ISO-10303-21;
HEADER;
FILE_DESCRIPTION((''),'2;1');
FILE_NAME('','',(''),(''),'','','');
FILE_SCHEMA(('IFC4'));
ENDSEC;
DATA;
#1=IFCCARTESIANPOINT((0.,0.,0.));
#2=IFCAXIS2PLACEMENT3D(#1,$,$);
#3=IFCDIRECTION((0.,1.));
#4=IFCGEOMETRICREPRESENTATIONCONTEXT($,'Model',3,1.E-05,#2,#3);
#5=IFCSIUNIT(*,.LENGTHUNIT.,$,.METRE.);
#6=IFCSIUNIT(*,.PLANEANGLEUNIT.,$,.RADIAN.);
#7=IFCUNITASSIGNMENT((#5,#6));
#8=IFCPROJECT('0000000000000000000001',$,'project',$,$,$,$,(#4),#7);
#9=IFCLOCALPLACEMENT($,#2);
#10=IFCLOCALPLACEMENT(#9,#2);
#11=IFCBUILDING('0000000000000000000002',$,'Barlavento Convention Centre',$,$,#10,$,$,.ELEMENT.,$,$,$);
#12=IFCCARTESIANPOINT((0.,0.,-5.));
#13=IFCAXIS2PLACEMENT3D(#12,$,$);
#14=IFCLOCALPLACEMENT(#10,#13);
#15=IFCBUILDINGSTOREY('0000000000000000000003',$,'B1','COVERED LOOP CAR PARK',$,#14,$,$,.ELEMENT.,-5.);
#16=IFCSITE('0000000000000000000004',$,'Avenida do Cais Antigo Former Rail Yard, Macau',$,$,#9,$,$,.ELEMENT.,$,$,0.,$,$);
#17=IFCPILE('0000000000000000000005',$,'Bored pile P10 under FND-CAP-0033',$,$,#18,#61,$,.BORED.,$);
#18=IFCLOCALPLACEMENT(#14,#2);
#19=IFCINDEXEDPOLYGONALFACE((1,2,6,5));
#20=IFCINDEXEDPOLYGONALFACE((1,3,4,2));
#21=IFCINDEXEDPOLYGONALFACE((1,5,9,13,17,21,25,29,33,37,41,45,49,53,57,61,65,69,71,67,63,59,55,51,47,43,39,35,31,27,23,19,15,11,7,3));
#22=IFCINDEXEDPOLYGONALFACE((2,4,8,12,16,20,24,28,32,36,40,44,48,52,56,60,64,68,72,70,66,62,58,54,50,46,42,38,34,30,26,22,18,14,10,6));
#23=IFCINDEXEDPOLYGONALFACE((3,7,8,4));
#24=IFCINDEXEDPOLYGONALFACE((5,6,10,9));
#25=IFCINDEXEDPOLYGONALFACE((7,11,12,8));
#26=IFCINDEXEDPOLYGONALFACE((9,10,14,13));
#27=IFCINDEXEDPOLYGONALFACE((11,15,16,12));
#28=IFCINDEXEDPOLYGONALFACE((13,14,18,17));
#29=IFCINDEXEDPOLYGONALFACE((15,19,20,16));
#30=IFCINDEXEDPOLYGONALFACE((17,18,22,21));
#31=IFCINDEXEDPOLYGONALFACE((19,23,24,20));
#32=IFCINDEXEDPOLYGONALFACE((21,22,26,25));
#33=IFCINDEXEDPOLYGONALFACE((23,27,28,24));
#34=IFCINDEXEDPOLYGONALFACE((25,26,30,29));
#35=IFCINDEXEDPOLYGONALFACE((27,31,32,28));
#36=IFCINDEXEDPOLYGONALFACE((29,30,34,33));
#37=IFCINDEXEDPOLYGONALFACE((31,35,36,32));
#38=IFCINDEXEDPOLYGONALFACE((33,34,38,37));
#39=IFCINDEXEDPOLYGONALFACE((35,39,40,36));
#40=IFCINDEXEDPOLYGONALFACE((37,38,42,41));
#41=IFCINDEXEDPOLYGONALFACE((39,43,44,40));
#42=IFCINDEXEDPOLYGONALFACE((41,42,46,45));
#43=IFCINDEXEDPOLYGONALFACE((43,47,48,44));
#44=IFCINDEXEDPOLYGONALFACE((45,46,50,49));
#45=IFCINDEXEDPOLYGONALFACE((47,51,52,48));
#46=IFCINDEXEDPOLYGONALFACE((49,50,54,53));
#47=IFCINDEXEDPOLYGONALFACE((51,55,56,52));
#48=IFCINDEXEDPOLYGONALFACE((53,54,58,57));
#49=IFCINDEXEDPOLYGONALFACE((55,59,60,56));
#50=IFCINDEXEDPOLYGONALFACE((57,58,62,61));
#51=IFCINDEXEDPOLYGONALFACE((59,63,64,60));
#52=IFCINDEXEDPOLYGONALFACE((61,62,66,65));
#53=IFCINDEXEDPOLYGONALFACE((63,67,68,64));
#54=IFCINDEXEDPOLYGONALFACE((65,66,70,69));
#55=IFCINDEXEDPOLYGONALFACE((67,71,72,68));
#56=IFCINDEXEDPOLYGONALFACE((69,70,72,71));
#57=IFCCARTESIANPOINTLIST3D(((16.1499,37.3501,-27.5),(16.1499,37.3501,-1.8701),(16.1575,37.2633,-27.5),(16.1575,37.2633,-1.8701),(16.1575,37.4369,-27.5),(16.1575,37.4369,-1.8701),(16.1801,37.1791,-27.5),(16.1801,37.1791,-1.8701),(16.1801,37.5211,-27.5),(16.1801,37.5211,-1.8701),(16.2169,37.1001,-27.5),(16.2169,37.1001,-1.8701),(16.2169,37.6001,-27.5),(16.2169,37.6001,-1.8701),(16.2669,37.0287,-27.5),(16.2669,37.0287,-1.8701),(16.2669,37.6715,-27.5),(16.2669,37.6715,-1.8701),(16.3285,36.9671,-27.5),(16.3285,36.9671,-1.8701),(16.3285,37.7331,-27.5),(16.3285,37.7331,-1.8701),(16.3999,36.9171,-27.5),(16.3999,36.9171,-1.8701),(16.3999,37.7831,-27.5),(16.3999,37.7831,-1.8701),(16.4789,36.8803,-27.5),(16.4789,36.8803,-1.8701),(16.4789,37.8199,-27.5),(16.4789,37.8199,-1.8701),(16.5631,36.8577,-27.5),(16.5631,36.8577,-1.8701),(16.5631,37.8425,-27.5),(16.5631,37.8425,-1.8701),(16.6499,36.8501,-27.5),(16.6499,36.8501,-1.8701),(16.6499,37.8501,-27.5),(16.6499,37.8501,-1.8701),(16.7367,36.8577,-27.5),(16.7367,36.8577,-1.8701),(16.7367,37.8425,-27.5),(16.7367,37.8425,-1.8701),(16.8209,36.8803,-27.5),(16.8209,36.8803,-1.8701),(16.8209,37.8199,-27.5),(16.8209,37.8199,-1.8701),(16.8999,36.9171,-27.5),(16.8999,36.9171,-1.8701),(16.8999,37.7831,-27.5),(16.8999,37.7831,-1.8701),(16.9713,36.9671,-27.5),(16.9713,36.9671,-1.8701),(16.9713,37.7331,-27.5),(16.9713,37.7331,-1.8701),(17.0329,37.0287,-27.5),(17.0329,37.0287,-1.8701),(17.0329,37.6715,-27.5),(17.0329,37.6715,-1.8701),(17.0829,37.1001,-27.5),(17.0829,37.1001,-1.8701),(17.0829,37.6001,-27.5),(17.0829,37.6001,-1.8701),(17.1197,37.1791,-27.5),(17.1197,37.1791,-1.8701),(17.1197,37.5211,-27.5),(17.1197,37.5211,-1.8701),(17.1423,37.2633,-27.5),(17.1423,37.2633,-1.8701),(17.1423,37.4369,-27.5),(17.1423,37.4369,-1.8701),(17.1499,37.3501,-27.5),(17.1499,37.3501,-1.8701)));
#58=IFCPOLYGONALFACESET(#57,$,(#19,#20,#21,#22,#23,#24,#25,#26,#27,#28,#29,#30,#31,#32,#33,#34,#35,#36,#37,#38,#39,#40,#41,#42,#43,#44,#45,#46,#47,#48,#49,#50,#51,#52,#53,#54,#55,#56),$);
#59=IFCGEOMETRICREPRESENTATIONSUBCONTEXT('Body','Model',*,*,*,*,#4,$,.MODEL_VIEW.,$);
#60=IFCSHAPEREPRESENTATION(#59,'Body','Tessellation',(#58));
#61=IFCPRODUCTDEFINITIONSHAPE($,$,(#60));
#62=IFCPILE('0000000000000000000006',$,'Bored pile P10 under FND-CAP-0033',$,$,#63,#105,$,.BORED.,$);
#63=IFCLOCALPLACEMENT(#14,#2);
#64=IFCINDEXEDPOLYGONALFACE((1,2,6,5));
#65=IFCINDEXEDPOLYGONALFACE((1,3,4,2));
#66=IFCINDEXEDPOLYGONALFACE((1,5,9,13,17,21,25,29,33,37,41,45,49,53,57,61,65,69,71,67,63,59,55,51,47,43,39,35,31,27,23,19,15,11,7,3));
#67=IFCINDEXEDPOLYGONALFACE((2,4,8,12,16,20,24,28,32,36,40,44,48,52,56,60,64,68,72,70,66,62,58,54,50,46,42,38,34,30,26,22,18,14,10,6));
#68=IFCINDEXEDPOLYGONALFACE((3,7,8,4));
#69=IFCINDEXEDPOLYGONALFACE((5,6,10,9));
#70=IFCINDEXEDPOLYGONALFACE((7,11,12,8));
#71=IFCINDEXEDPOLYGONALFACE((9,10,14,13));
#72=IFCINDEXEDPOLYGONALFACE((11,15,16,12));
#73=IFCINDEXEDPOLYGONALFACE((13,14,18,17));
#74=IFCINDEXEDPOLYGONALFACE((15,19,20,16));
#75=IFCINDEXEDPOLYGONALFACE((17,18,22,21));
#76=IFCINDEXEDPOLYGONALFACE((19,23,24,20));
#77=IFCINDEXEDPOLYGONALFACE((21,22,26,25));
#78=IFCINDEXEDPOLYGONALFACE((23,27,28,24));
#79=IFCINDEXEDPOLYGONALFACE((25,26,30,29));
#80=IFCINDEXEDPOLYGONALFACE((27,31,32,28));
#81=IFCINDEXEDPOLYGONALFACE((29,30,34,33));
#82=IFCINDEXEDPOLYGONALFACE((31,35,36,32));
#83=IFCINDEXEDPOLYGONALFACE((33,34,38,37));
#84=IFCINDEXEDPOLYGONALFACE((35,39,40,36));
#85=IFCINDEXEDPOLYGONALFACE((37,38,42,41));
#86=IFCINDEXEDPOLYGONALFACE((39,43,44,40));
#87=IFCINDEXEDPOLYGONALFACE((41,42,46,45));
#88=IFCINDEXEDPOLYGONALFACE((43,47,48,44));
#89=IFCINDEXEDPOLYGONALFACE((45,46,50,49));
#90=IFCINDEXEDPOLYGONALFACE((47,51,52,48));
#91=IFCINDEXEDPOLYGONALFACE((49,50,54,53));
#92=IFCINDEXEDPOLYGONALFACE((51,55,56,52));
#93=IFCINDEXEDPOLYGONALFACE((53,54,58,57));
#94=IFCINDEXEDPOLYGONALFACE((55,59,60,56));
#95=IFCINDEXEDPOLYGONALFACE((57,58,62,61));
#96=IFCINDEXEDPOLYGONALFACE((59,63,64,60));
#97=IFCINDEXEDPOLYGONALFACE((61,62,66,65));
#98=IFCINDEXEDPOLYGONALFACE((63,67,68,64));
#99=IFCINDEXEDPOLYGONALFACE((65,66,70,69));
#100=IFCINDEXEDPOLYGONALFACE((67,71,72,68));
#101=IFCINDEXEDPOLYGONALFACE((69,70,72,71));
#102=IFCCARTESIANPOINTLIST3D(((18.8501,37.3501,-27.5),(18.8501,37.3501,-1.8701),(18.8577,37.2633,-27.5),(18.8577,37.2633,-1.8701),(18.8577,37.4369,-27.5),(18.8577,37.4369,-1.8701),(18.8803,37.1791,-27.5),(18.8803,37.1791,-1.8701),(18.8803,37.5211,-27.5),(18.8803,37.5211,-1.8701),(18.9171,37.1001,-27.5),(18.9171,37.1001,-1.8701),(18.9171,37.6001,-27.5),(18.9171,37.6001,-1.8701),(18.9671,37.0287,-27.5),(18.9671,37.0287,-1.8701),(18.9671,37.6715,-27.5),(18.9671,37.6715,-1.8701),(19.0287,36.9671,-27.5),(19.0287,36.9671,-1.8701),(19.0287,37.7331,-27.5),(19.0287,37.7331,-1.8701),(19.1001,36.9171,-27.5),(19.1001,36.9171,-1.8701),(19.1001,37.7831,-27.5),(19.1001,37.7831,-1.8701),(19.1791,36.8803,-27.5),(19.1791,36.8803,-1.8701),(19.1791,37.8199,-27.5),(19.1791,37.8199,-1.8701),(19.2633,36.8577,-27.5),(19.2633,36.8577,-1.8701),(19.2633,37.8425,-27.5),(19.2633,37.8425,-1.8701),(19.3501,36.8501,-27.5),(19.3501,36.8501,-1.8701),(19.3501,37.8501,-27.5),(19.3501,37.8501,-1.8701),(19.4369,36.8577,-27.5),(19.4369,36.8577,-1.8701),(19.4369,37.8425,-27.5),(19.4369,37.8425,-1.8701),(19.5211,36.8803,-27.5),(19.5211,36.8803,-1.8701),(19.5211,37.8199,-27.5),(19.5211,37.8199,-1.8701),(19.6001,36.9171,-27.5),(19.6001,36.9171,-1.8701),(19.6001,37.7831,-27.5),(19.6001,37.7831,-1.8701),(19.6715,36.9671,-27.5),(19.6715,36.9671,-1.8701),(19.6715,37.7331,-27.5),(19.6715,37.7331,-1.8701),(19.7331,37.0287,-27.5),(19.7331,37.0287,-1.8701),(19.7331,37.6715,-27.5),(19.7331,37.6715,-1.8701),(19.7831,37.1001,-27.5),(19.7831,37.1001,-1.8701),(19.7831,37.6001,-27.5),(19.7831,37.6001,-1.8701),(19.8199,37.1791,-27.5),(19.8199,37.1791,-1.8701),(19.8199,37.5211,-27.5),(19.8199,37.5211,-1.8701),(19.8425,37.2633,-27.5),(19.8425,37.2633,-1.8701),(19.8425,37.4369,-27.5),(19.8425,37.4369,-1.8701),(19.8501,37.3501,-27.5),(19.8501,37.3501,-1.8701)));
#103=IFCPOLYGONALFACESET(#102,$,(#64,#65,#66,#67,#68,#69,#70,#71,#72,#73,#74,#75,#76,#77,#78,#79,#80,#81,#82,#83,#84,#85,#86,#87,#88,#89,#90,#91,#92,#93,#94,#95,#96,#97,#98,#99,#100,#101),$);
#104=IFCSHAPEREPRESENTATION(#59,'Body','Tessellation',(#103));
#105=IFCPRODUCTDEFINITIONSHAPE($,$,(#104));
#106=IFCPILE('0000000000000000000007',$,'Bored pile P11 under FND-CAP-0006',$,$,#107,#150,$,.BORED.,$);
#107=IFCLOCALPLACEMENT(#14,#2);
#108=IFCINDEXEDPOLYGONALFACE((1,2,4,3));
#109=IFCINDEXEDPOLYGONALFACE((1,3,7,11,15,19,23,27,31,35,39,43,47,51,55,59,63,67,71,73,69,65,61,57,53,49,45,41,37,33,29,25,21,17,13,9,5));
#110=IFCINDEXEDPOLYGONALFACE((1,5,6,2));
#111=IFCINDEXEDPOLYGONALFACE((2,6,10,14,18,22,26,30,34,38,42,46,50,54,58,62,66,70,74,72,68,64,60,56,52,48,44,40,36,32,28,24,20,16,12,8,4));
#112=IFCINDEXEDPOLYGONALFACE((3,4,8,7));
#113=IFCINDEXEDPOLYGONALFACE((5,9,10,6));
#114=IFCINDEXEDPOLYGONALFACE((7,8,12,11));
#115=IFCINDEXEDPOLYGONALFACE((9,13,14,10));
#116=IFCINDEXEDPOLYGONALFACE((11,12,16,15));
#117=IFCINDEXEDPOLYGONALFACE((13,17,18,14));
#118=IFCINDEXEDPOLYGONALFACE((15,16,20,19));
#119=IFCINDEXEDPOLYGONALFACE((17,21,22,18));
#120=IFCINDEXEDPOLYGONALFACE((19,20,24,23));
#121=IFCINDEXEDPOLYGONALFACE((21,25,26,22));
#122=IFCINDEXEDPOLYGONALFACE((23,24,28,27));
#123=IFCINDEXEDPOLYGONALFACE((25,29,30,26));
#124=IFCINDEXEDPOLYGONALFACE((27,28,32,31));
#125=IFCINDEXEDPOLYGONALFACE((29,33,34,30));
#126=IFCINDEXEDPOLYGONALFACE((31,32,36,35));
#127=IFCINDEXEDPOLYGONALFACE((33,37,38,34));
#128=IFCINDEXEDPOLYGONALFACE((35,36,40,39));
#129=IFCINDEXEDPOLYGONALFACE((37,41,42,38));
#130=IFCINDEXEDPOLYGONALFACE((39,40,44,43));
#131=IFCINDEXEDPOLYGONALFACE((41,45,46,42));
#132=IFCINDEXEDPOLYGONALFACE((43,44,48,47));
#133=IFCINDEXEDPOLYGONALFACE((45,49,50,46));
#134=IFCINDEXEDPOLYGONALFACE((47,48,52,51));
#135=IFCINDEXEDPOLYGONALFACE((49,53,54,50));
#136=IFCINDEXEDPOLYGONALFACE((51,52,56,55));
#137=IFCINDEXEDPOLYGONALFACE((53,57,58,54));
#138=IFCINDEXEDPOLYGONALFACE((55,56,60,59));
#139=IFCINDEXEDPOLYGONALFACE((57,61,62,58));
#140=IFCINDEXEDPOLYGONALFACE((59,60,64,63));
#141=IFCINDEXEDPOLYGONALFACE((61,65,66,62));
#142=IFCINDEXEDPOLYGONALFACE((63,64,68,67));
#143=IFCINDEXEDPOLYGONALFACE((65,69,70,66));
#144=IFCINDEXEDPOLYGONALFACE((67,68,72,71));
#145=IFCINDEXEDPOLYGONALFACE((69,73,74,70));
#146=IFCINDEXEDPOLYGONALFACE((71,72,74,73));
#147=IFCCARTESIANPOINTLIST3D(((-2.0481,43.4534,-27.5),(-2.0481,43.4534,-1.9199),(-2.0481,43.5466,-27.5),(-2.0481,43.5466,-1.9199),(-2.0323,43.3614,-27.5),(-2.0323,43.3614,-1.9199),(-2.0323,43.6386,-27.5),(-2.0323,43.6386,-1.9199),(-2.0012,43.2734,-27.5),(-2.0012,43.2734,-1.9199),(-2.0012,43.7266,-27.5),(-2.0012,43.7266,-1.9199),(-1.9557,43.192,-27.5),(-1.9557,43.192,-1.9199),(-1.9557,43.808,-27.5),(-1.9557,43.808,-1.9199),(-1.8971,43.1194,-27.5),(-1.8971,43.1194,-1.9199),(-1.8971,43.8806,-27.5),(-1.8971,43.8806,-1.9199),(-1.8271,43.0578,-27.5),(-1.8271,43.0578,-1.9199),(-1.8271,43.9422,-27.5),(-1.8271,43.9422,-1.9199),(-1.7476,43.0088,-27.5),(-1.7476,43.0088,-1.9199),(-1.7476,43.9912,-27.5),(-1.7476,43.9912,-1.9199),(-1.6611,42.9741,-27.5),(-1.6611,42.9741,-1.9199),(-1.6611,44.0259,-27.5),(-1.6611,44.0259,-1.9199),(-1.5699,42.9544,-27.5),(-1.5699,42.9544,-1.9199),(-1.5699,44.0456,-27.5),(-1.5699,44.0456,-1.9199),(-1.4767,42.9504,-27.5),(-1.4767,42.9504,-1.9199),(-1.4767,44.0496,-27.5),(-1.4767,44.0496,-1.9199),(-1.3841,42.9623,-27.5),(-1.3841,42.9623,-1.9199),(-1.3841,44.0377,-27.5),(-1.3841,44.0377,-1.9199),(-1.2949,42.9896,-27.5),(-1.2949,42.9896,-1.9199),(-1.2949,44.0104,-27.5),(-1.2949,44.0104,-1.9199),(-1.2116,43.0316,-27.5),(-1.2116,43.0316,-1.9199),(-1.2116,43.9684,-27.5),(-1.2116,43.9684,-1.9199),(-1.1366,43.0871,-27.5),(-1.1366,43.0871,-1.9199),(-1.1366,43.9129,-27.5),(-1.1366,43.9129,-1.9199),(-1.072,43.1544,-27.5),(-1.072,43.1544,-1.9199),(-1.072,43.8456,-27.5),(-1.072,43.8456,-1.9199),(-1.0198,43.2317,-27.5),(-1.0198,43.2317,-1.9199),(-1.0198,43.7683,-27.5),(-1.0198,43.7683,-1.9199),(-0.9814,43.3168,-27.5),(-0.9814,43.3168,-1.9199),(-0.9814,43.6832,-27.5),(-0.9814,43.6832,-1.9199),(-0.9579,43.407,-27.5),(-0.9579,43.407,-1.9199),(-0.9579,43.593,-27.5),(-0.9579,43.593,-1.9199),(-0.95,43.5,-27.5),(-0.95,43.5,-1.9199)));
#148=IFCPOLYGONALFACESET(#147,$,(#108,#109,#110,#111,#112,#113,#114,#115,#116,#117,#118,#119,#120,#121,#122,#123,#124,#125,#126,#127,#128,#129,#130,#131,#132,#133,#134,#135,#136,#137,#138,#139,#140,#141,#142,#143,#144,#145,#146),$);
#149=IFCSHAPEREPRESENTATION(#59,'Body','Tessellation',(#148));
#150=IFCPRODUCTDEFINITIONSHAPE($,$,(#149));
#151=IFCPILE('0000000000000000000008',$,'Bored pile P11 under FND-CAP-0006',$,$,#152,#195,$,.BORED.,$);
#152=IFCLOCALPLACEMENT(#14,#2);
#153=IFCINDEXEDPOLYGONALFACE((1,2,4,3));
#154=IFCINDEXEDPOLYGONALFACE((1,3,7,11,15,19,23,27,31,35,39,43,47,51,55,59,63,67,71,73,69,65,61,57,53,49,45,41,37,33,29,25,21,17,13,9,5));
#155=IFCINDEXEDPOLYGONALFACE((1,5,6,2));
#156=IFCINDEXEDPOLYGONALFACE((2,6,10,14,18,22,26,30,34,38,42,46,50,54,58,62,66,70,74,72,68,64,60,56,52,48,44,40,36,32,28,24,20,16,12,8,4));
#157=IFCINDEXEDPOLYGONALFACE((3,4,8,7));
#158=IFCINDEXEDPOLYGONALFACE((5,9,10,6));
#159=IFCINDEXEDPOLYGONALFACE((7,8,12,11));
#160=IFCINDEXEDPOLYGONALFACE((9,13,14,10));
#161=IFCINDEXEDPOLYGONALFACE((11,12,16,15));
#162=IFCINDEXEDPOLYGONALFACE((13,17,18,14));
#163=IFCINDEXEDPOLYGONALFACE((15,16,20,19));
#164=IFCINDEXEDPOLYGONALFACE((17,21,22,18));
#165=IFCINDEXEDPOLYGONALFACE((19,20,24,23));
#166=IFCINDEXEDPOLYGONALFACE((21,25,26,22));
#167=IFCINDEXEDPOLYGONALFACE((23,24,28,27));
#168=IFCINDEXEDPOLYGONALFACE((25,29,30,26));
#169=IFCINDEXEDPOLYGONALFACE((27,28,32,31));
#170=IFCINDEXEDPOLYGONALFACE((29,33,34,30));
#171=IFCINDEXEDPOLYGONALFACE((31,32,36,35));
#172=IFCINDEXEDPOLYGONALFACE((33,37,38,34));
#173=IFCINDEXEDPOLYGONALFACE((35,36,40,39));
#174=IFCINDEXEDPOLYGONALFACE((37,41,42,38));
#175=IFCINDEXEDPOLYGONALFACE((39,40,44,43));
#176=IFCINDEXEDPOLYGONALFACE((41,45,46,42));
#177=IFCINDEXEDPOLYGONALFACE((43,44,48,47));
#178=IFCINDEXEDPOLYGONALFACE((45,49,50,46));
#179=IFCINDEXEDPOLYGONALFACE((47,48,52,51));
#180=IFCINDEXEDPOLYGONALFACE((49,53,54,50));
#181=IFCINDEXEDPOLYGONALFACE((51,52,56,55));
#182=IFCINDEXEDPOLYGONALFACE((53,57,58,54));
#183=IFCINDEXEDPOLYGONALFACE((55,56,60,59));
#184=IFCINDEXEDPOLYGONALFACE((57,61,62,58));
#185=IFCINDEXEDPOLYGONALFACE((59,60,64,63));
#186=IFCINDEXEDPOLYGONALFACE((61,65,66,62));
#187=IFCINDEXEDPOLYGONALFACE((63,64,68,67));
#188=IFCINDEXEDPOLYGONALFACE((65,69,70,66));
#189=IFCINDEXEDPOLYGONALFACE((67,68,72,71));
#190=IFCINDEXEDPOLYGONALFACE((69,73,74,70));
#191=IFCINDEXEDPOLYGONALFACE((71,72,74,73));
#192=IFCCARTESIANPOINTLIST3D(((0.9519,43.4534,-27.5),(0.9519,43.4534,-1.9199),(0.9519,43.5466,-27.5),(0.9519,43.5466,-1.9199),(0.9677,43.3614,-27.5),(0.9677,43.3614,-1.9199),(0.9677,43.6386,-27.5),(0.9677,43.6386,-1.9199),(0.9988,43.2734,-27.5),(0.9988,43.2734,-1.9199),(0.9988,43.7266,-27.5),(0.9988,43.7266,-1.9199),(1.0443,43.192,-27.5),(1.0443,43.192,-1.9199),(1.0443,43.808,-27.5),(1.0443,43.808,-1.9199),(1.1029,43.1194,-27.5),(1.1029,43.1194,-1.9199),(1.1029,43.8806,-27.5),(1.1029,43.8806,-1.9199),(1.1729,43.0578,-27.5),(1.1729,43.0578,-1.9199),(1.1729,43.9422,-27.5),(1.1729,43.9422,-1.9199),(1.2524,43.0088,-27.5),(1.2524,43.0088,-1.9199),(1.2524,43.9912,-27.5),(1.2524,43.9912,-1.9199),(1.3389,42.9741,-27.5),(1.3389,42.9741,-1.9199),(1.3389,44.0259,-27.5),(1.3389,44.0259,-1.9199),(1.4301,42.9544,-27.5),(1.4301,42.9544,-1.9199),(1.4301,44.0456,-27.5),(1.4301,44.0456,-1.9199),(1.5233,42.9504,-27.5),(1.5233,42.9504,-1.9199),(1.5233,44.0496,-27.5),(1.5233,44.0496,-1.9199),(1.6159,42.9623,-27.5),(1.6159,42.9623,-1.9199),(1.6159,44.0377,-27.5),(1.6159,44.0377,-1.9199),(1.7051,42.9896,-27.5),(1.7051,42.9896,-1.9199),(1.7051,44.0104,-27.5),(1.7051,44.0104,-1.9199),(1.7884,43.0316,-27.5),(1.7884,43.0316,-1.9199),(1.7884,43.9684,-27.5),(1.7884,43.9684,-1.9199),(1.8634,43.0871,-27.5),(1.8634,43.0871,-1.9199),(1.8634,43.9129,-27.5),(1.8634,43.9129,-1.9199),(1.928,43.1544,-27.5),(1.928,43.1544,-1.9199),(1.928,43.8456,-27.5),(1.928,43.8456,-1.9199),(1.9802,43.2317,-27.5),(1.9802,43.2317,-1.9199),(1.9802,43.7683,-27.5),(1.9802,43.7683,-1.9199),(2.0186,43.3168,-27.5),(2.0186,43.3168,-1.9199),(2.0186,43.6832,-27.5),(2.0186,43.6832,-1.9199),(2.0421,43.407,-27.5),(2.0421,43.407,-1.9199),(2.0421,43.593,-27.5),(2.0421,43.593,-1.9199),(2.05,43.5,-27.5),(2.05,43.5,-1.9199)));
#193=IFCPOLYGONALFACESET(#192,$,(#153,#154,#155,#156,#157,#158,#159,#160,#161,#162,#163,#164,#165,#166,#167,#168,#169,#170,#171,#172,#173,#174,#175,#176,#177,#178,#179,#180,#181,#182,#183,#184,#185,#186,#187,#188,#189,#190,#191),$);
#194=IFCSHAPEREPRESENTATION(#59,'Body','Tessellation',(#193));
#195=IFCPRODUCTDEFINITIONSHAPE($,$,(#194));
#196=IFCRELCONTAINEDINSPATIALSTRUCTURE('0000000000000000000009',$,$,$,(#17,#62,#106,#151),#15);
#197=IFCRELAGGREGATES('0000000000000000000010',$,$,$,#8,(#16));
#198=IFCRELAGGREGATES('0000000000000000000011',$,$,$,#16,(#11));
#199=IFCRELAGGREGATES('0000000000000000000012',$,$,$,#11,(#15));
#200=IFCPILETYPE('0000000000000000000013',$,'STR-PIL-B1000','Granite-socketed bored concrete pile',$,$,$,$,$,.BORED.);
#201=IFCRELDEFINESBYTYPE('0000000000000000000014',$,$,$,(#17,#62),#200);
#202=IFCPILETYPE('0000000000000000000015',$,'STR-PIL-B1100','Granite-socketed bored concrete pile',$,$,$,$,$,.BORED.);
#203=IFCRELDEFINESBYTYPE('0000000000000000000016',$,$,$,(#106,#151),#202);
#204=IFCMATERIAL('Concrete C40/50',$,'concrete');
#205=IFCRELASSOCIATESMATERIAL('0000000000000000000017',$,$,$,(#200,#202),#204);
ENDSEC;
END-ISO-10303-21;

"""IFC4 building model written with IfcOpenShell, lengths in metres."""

from ifc_helpers import new_model, si_unit, direction, frame, origin, origin_2d, place, context, subcontext, project, spatial, circle, extrude, material, material_profile, profile_set, type_object, element, save


model = new_model("IFC4")

# Units and contexts
model_context = context("Model", 3, precision=1e-05, world=origin(), true_north=direction((0.0, 1.0)))
body_context = subcontext(model_context, "Body", "Model", "MODEL_VIEW")
ifc_project = project(units=[si_unit("LENGTHUNIT", "METRE"), si_unit("PLANEANGLEUNIT", "RADIAN")], contexts=[model_context])

# Site, building, storey
site_placement = place(None, origin())
site = spatial("IfcSite", under=ifc_project, at=site_placement, Name="Avenida do Cais Antigo Former Rail Yard, Macau", CompositionType="ELEMENT", RefElevation=0.0)
building_placement = place(site_placement, origin())
building = spatial("IfcBuilding", under=site, at=building_placement, Name="Barlavento Convention Centre", CompositionType="ELEMENT")
storey_placement = place(building_placement, frame((0.0, 0.0, -5.0)))
storey = spatial("IfcBuildingStorey", under=building, at=storey_placement, Name="B1", Description="COVERED LOOP CAR PARK", CompositionType="ELEMENT", Elevation=-5.0)

# Shared definitions
ifc_material_1 = material(Name="Concrete C40/50", Category="concrete")

# Piles
ifc_material_profile_1 = material_profile(ifc_material_1, circle(Radius=0.5, at=origin_2d()), Name="BORED PILE 1000")
ifc_profile_set_1 = profile_set([ifc_material_profile_1], Name="Concrete C40/50")
pile_type_1 = type_object("IfcPileType", Name="STR-PIL-B1000", Description="Granite-socketed bored concrete pile", PredefinedType="BORED", material=ifc_profile_set_1)
for number, where, z_axis, x_axis, name in (
    (1, (16.6499, 37.3501, -1.8701), (0.0, 0.0, -1.0), (1.0, 0.0, 0.0), "Bored pile P10 under FND-CAP-0033"),
    (2, (19.3501, 37.3501, -1.8701), (0.0, 0.0, -1.0), (1.0, 0.0, 0.0), "Bored pile P10 under FND-CAP-0033"),
):
    element("IfcPile", number, at=place(storey_placement, frame(where, z_axis=z_axis, x_axis=x_axis)), inside=storey, type_object=pile_type_1, Name=name, PredefinedType="BORED", context=body_context, shape_type="SweptSolid", body=[
        extrude(circle(Radius=0.5, at=origin_2d()), origin(), (0.0, 0.0, 1.0), 25.6299),
    ])
ifc_material_profile_2 = material_profile(ifc_material_1, circle(Radius=0.55, at=origin_2d()), Name="BORED PILE 1100")
ifc_profile_set_2 = profile_set([ifc_material_profile_2], Name="Concrete C40/50")
pile_type_2 = type_object("IfcPileType", Name="STR-PIL-B1100", Description="Granite-socketed bored concrete pile", PredefinedType="BORED", material=ifc_profile_set_2)
for number, where, z_axis, x_axis, name in (
    (3, (-1.5, 43.5, -1.9199), (0.0, 0.0, -1.0), (1.0, 0.0, 0.0), "Bored pile P11 under FND-CAP-0006"),
    (4, (1.5, 43.5, -1.9199), (0.0, 0.0, -1.0), (1.0, 0.0, 0.0), "Bored pile P11 under FND-CAP-0006"),
):
    element("IfcPile", number, at=place(storey_placement, frame(where, z_axis=z_axis, x_axis=x_axis)), inside=storey, type_object=pile_type_2, Name=name, PredefinedType="BORED", context=body_context, shape_type="SweptSolid", body=[
        extrude(circle(Radius=0.55, at=origin_2d()), origin(), (0.0, 0.0, 1.0), 25.5801),
    ])

save(model, "model.ifc")
